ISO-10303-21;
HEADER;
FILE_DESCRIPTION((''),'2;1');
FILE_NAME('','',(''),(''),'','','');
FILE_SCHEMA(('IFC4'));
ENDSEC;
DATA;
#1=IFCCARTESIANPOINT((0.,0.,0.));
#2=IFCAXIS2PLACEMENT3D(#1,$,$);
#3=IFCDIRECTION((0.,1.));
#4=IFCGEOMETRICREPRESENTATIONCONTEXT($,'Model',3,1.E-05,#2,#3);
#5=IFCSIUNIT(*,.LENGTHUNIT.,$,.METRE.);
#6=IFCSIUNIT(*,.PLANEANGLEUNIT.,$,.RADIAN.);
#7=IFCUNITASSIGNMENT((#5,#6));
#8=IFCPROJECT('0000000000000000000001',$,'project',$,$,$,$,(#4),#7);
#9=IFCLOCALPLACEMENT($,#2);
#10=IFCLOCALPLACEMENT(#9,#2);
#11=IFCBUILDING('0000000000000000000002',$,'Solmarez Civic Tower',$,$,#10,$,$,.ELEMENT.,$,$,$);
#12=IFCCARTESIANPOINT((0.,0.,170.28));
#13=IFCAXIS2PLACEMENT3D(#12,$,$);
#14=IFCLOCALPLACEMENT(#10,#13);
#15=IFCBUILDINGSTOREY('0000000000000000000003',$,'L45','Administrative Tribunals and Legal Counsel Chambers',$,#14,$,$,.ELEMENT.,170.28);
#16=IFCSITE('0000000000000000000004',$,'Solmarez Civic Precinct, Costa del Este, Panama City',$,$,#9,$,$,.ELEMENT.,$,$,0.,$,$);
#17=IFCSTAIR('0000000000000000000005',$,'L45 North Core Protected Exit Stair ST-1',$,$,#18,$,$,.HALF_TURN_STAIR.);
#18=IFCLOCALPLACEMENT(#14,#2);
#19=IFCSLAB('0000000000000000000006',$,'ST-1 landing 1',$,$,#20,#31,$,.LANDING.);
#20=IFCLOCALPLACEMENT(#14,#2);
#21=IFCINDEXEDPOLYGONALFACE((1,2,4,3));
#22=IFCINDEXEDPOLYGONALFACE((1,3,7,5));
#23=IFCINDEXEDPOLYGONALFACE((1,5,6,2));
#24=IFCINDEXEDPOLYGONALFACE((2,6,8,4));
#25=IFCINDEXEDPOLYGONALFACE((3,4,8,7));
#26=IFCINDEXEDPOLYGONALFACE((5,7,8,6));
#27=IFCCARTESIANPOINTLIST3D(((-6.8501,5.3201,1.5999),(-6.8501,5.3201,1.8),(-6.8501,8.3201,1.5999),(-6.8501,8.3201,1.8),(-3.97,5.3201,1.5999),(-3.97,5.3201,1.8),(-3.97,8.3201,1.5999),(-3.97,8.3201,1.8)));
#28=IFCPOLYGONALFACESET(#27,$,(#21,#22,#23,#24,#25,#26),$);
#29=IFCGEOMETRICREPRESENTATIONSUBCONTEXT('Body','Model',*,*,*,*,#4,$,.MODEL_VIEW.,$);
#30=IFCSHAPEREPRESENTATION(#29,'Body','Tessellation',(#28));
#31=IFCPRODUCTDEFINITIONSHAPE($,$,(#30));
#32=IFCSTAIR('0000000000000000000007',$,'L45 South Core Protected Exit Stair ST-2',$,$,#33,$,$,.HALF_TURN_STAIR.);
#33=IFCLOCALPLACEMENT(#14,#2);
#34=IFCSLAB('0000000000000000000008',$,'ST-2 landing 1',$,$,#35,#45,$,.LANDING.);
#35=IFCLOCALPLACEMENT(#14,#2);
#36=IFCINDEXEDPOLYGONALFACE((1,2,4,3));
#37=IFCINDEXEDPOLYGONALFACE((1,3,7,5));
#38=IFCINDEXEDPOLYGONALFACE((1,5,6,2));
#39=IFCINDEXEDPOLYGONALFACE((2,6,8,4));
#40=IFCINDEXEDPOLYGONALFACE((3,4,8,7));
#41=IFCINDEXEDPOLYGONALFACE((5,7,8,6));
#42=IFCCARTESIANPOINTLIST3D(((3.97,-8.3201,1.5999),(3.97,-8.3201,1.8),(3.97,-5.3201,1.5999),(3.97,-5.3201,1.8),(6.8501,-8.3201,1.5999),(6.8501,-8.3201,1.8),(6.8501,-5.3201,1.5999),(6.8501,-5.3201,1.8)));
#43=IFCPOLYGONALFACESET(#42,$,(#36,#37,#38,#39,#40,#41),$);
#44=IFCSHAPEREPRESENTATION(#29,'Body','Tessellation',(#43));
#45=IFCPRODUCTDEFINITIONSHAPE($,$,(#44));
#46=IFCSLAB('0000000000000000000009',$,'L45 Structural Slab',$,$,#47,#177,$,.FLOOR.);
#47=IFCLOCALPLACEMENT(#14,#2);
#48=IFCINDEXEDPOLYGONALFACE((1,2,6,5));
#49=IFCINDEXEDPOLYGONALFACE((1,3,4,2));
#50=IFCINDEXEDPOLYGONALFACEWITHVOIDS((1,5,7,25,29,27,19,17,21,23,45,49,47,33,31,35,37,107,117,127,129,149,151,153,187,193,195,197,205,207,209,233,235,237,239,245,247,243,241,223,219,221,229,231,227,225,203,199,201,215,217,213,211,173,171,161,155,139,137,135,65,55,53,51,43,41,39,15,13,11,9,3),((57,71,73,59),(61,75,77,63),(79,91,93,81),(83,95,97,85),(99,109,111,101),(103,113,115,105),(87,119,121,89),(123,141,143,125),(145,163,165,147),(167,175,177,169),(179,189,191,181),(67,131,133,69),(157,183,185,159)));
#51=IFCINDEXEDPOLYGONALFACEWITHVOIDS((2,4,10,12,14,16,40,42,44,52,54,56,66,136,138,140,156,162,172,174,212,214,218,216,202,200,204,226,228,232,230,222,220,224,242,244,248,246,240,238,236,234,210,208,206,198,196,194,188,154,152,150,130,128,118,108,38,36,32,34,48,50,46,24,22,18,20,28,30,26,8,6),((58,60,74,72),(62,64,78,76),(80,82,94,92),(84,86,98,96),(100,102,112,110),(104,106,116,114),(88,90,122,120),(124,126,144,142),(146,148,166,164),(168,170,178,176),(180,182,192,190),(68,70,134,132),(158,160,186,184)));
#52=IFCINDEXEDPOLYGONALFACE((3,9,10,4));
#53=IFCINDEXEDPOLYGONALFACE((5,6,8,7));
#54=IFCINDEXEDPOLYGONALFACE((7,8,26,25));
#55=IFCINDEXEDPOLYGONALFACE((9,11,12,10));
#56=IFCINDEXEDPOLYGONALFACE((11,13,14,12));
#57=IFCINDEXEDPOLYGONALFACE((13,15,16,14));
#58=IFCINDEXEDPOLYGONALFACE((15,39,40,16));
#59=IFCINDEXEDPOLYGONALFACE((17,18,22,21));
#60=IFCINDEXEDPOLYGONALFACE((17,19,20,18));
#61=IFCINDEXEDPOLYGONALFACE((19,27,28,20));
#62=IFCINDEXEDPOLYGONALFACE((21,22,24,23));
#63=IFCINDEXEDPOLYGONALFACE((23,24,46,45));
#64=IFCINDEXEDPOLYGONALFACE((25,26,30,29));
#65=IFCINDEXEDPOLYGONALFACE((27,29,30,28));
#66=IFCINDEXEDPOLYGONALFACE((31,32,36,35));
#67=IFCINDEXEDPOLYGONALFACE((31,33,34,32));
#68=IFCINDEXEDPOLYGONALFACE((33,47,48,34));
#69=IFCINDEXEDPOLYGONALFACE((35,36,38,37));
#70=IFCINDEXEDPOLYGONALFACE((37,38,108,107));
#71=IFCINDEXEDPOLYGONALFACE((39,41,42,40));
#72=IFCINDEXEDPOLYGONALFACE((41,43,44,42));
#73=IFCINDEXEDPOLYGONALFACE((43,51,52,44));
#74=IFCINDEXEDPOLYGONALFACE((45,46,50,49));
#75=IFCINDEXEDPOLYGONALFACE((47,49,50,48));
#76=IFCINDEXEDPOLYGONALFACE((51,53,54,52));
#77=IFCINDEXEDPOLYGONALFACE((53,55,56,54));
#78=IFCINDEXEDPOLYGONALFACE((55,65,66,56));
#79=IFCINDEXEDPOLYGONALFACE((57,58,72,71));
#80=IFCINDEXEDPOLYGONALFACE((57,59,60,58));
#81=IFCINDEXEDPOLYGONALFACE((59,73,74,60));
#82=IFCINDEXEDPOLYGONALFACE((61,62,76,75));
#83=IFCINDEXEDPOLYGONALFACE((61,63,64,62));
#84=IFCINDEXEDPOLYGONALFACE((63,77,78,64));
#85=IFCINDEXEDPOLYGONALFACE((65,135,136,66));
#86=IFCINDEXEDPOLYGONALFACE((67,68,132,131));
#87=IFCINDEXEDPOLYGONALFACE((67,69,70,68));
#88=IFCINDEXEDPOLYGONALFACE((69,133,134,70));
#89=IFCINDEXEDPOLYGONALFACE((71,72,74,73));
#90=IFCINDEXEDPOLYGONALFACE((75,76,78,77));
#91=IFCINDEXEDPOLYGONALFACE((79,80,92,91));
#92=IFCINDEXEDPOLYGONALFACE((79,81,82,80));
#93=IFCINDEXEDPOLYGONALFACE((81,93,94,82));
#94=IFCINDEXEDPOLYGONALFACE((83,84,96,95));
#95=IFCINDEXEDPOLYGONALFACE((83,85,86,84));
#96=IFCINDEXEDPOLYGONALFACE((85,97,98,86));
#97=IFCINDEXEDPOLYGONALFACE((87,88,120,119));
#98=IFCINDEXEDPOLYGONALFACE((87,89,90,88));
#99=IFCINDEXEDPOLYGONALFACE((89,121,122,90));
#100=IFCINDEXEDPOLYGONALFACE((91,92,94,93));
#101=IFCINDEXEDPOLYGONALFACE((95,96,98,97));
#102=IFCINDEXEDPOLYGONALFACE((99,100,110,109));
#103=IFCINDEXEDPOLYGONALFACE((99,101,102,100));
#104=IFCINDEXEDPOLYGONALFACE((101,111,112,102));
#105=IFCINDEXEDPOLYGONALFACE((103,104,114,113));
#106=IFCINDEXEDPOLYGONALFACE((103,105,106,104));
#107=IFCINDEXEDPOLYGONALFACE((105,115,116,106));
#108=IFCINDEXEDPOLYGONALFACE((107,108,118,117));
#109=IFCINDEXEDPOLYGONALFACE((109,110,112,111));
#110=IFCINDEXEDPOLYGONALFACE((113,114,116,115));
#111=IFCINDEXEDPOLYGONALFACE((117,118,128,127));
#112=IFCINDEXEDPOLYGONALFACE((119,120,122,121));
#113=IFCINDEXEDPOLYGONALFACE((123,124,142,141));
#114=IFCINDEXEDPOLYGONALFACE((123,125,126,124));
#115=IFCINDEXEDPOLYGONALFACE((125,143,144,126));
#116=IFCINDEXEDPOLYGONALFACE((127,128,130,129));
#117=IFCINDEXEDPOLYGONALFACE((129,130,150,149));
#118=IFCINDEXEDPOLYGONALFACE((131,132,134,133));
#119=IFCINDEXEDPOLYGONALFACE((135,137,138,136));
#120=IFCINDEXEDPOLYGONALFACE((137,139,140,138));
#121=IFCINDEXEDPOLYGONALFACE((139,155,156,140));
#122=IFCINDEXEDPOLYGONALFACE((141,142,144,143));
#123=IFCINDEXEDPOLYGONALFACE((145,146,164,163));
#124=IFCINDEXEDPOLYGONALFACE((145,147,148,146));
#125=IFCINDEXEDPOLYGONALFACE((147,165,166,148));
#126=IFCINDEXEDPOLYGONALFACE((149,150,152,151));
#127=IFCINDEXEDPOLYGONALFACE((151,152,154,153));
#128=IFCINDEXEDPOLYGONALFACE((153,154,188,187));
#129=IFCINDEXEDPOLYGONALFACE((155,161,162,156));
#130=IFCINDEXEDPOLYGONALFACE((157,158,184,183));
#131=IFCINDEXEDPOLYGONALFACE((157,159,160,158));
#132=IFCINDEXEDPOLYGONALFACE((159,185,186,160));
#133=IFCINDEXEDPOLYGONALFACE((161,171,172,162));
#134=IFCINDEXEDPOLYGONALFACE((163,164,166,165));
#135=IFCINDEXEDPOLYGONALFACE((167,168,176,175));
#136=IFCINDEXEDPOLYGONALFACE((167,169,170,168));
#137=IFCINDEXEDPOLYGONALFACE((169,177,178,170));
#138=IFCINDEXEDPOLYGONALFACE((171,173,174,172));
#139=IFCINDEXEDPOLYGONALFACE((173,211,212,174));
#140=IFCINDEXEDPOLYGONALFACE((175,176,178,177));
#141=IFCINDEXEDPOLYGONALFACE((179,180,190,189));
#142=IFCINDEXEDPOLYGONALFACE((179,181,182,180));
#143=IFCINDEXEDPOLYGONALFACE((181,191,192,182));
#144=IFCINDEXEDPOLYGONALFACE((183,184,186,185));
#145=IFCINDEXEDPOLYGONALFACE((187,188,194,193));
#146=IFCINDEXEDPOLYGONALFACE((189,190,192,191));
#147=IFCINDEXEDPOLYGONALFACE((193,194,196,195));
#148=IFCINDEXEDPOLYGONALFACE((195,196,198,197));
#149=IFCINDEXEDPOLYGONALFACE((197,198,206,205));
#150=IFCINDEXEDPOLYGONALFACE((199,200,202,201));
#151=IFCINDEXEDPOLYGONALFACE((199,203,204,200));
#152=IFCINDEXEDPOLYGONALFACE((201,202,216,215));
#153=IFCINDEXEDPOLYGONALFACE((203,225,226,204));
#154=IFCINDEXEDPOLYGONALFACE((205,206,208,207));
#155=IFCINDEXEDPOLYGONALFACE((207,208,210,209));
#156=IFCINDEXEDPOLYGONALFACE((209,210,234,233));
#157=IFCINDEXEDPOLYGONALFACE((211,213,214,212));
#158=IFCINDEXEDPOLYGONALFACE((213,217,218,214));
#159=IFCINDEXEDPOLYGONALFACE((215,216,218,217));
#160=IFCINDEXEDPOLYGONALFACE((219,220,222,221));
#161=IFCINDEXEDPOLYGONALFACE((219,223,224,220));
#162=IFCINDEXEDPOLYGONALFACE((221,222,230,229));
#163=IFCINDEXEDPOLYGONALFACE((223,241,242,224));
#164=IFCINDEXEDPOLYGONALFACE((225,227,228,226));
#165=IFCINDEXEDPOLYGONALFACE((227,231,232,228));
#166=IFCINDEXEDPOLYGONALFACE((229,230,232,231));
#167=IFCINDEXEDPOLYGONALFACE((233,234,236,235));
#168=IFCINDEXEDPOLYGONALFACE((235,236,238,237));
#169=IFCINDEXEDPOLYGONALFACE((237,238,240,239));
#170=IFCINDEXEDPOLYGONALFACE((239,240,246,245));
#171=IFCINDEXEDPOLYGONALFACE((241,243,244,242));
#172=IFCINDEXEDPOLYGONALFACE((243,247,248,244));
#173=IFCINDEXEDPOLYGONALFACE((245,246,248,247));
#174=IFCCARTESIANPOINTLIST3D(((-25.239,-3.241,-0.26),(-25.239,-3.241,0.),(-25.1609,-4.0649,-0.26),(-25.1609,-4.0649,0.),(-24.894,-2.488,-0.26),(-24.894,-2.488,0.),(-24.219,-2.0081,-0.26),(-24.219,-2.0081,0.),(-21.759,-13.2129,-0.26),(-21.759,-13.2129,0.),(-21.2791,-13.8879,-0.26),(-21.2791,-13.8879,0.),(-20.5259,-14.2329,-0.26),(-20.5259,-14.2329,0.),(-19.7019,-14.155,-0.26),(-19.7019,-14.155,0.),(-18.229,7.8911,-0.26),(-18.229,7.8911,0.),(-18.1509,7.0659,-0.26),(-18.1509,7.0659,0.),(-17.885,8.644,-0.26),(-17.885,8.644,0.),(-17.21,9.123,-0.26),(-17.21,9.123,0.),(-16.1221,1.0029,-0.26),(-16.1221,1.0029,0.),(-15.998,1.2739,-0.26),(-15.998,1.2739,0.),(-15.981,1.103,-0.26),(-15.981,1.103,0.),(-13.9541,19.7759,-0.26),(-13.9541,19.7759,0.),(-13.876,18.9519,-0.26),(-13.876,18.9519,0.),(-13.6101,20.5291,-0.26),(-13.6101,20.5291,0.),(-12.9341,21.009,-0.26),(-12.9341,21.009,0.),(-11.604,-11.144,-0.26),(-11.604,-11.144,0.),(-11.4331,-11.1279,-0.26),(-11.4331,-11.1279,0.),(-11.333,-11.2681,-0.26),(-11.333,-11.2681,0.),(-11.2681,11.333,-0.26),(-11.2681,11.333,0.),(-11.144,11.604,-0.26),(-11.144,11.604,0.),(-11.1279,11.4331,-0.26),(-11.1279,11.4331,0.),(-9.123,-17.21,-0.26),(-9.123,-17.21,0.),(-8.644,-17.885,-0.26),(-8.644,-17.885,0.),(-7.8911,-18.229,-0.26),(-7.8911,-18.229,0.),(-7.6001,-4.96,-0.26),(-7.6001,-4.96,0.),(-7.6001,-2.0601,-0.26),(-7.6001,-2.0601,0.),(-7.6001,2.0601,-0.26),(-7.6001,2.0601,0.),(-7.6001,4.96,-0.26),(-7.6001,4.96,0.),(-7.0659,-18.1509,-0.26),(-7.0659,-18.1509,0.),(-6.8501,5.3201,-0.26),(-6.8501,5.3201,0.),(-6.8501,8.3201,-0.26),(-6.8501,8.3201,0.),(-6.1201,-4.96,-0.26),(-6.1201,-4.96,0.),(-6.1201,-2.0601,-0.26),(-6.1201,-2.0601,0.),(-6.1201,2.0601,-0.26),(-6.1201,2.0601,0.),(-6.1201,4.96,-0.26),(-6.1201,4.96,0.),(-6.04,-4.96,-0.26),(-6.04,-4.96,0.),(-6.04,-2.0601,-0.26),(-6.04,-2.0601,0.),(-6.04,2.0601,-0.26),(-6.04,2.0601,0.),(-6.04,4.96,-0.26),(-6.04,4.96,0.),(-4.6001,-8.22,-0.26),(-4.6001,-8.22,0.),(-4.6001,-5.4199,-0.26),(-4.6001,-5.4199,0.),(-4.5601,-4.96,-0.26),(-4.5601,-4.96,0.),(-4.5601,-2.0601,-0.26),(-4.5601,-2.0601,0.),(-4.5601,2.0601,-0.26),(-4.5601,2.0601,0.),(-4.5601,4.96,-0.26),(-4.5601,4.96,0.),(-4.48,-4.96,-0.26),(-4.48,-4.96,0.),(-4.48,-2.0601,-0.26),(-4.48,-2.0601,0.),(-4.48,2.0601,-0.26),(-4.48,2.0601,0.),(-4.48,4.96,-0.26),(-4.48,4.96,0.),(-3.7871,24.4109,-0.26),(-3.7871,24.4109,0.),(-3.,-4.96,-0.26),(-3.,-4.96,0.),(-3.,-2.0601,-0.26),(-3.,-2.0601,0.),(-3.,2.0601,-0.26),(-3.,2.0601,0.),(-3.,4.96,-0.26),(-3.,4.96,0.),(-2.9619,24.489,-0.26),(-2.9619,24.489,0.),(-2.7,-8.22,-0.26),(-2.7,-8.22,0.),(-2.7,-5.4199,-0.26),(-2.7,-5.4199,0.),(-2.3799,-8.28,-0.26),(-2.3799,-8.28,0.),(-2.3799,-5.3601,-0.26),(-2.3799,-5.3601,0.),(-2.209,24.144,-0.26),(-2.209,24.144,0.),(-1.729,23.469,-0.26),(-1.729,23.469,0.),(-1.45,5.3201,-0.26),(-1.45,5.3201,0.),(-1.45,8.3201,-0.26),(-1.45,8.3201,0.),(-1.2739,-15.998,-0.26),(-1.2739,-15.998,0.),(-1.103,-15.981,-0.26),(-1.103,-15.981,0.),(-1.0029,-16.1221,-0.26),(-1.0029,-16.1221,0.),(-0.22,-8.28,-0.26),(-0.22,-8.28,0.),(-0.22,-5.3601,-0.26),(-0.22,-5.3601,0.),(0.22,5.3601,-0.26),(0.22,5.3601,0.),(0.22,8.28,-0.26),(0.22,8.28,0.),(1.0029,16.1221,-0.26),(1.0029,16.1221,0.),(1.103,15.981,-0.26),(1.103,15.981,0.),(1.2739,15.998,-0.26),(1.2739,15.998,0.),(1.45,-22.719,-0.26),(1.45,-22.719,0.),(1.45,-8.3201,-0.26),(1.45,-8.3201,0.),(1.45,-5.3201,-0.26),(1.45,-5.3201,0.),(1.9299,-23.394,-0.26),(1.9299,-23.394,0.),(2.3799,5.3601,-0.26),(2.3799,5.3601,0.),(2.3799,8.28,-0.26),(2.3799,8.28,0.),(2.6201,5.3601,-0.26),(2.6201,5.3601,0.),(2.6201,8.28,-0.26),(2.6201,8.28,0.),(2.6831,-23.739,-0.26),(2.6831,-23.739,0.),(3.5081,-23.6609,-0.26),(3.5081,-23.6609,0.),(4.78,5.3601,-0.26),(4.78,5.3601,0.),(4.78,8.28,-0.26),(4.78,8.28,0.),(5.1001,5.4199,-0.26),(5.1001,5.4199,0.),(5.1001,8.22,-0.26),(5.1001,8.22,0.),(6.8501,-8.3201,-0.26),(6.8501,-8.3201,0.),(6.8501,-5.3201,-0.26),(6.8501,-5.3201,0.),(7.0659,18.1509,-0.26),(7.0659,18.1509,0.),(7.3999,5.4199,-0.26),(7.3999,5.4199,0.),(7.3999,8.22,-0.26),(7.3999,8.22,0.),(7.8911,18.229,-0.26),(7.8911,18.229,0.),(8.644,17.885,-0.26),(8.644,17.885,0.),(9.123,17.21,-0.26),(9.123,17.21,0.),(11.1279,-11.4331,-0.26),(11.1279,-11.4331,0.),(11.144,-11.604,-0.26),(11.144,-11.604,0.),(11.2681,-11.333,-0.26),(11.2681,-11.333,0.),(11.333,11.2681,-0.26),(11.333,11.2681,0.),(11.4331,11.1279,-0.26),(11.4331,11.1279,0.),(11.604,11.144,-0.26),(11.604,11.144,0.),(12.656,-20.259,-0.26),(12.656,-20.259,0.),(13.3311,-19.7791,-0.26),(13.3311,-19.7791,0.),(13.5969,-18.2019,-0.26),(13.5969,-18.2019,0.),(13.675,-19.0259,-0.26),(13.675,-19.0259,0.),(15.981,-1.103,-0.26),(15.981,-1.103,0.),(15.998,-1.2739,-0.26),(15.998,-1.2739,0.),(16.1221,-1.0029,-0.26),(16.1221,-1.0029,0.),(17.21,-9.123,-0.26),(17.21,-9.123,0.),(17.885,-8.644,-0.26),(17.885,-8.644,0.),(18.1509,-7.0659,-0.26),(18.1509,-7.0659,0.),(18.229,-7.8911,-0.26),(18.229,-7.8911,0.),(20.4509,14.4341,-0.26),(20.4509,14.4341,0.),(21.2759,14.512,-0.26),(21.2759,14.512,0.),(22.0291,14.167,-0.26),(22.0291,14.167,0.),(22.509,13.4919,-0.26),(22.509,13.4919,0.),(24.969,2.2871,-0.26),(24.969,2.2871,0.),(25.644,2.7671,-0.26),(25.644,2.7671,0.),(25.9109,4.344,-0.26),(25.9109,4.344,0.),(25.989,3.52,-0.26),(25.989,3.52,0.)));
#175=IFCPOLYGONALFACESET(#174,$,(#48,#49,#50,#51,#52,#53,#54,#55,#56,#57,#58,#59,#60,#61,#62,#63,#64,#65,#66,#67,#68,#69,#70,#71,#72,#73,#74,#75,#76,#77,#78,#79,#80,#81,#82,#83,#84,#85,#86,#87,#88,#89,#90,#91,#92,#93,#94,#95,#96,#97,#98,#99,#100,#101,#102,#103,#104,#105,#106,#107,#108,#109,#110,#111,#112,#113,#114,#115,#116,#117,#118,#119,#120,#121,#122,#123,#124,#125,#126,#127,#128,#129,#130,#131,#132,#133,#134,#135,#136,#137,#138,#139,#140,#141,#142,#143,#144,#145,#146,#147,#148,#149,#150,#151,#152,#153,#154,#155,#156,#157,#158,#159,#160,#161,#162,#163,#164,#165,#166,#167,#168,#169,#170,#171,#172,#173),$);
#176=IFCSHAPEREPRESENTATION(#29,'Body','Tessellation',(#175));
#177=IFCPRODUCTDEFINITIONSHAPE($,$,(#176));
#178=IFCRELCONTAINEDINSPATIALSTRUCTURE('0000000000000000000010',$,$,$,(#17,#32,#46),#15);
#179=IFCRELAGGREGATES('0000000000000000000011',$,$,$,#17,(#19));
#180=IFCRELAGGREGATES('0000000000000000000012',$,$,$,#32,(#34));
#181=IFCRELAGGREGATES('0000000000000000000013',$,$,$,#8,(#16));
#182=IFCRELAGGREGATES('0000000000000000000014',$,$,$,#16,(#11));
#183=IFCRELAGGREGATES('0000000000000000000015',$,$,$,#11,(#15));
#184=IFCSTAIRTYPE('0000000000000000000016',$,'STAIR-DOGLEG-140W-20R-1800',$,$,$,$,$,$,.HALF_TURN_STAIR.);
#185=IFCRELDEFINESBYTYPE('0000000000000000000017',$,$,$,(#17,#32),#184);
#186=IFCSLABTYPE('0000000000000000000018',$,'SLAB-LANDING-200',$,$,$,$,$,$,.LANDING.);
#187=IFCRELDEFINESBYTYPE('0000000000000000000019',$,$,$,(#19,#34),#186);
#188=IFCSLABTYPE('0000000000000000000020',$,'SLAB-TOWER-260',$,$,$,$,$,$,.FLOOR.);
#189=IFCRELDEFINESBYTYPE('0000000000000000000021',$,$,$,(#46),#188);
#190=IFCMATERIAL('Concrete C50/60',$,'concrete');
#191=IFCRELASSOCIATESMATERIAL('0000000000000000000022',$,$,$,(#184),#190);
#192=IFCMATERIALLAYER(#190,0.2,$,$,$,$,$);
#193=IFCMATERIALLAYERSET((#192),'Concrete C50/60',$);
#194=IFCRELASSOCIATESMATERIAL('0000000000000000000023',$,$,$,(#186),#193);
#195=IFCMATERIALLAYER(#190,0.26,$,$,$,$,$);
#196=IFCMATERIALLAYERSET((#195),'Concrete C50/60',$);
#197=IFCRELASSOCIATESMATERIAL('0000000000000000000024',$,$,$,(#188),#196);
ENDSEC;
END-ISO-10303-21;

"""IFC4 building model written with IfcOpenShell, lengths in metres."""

from ifc_helpers import new_model, si_unit, direction, frame, origin, place, context, subcontext, project, spatial, polyline, outline, extrude, material, layer, layer_set, type_object, element, aggregate, save


model = new_model("IFC4")

# Units and contexts
model_context = context("Model", 3, precision=1e-05, world=origin(), true_north=direction((0.0, 1.0)))
body_context = subcontext(model_context, "Body", "Model", "MODEL_VIEW")
ifc_project = project(units=[si_unit("LENGTHUNIT", "METRE"), si_unit("PLANEANGLEUNIT", "RADIAN")], contexts=[model_context])

# Site, building, storey
site_placement = place(None, origin())
site = spatial("IfcSite", under=ifc_project, at=site_placement, Name="Solmarez Civic Precinct, Costa del Este, Panama City", CompositionType="ELEMENT", RefElevation=0.0)
building_placement = place(site_placement, origin())
building = spatial("IfcBuilding", under=site, at=building_placement, Name="Solmarez Civic Tower", CompositionType="ELEMENT")
storey_placement = place(building_placement, frame((0.0, 0.0, 170.28)))
storey = spatial("IfcBuildingStorey", under=building, at=storey_placement, Name="L45", Description="Administrative Tribunals and Legal Counsel Chambers", CompositionType="ELEMENT", Elevation=170.28)

# Stairs, slabs
ifc_material_1 = material(Name="Concrete C50/60", Category="concrete")
stair_type = type_object("IfcStairType", Name="STAIR-DOGLEG-140W-20R-1800", PredefinedType="HALF_TURN_STAIR", material=ifc_material_1)
stair_1_placement = place(storey_placement, origin())
stair_1 = element("IfcStair", 1, at=stair_1_placement, inside=storey, type_object=stair_type, Name="L45 North Core Protected Exit Stair ST-1", PredefinedType="HALF_TURN_STAIR")
ifc_layer_1 = layer(ifc_material_1, 0.2)
ifc_layer_set_1 = layer_set([ifc_layer_1], Name="Concrete C50/60")
slab_type_1 = type_object("IfcSlabType", Name="SLAB-LANDING-200", PredefinedType="LANDING", material=ifc_layer_set_1)
slab_1_placement = place(storey_placement, frame((0.0, 0.0, 1.5999)))
slab_1 = element("IfcSlab", 2, at=slab_1_placement, type_object=slab_type_1, Name="ST-1 landing 1", PredefinedType="LANDING", context=body_context, shape_type="SweptSolid", body=[
    extrude(outline(polyline([(-3.97, 8.3201), (-6.8501, 8.3201), (-6.8501, 5.3201), (-3.97, 5.3201), (-3.97, 8.3201)])), origin(), (0.0, 0.0, 1.0), 0.2002),
])
aggregate(stair_1, [slab_1])
stair_2_placement = place(storey_placement, origin())
stair_2 = element("IfcStair", 3, at=stair_2_placement, inside=storey, type_object=stair_type, Name="L45 South Core Protected Exit Stair ST-2", PredefinedType="HALF_TURN_STAIR")
slab_2_placement = place(storey_placement, frame((0.0, 0.0, 1.5999)))
slab_2 = element("IfcSlab", 4, at=slab_2_placement, type_object=slab_type_1, Name="ST-2 landing 1", PredefinedType="LANDING", context=body_context, shape_type="SweptSolid", body=[
    extrude(outline(polyline([(3.97, -8.3201), (6.8501, -8.3201), (6.8501, -5.3201), (3.97, -5.3201), (3.97, -8.3201)])), origin(), (0.0, 0.0, 1.0), 0.2002),
])

# Slab
ifc_layer_2 = layer(ifc_material_1, 0.26)
ifc_layer_set_2 = layer_set([ifc_layer_2], Name="Concrete C50/60")
slab_type_2 = type_object("IfcSlabType", Name="SLAB-TOWER-260", PredefinedType="FLOOR", material=ifc_layer_set_2)
slab_3_placement = place(storey_placement, frame((0.0, 0.0, -0.26)))
element("IfcSlab", 5, at=slab_3_placement, inside=storey, type_object=slab_type_2, Name="L45 Structural Slab", PredefinedType="FLOOR", context=body_context, shape_type="SweptSolid", body=[
    extrude(outline(polyline([(-11.333, -11.2681), (-9.123, -17.21), (-8.644, -17.885), (-7.8911, -18.229), (-7.0659, -18.1509), (-1.2739, -15.998), (-1.103, -15.981), (-1.0029, -16.1221), (1.45, -22.719), (1.9299, -23.394), (2.6831, -23.739), (3.5081, -23.6609), (12.656, -20.259), (13.3311, -19.7791), (13.675, -19.0259), (13.5969, -18.2019), (11.144, -11.604), (11.1279, -11.4331), (11.2681, -11.333), (17.21, -9.123), (17.885, -8.644), (18.229, -7.8911), (18.1509, -7.0659), (15.998, -1.2739), (15.981, -1.103), (16.1221, -1.0029), (24.969, 2.2871), (25.644, 2.7671), (25.989, 3.52), (25.9109, 4.344), (22.509, 13.4919), (22.0291, 14.167), (21.2759, 14.512), (20.4509, 14.4341), (11.604, 11.144), (11.4331, 11.1279), (11.333, 11.2681), (9.123, 17.21), (8.644, 17.885), (7.8911, 18.229), (7.0659, 18.1509), (1.2739, 15.998), (1.103, 15.981), (1.0029, 16.1221), (-1.729, 23.469), (-2.209, 24.144), (-2.9619, 24.489), (-3.7871, 24.4109), (-12.9341, 21.009), (-13.6101, 20.5291), (-13.9541, 19.7759), (-13.876, 18.9519), (-11.144, 11.604), (-11.1279, 11.4331), (-11.2681, 11.333), (-17.21, 9.123), (-17.885, 8.644), (-18.229, 7.8911), (-18.1509, 7.0659), (-15.998, 1.2739), (-15.981, 1.103), (-16.1221, 1.0029), (-24.219, -2.0081), (-24.894, -2.488), (-25.239, -3.241), (-25.1609, -4.0649), (-21.759, -13.2129), (-21.2791, -13.8879), (-20.5259, -14.2329), (-19.7019, -14.155), (-11.604, -11.144), (-11.4331, -11.1279), (-11.333, -11.2681)]), holes=[polyline([(-1.45, 8.3201), (-6.8501, 8.3201), (-6.8501, 5.3201), (-1.45, 5.3201), (-1.45, 8.3201)]), polyline([(1.45, -8.3201), (6.8501, -8.3201), (6.8501, -5.3201), (1.45, -5.3201), (1.45, -8.3201)]), polyline([(0.22, 5.3601), (2.3799, 5.3601), (2.3799, 8.28), (0.22, 8.28), (0.22, 5.3601)]), polyline([(2.6201, 5.3601), (4.78, 5.3601), (4.78, 8.28), (2.6201, 8.28), (2.6201, 5.3601)]), polyline([(-2.3799, -8.28), (-0.22, -8.28), (-0.22, -5.3601), (-2.3799, -5.3601), (-2.3799, -8.28)]), polyline([(-7.6001, -4.96), (-6.1201, -4.96), (-6.1201, -2.0601), (-7.6001, -2.0601), (-7.6001, -4.96)]), polyline([(-6.04, -4.96), (-4.5601, -4.96), (-4.5601, -2.0601), (-6.04, -2.0601), (-6.04, -4.96)]), polyline([(-4.48, -4.96), (-3.0, -4.96), (-3.0, -2.0601), (-4.48, -2.0601), (-4.48, -4.96)]), polyline([(-7.6001, 2.0601), (-6.1201, 2.0601), (-6.1201, 4.96), (-7.6001, 4.96), (-7.6001, 2.0601)]), polyline([(-6.04, 2.0601), (-4.5601, 2.0601), (-4.5601, 4.96), (-6.04, 4.96), (-6.04, 2.0601)]), polyline([(-4.48, 2.0601), (-3.0, 2.0601), (-3.0, 4.96), (-4.48, 4.96), (-4.48, 2.0601)]), polyline([(5.1001, 5.4199), (7.3999, 5.4199), (7.3999, 8.22), (5.1001, 8.22), (5.1001, 5.4199)]), polyline([(-4.6001, -8.22), (-2.7, -8.22), (-2.7, -5.4199), (-4.6001, -5.4199), (-4.6001, -8.22)])]), origin(), (0.0, 0.0, 1.0), 0.26),
])

aggregate(stair_2, [slab_2])

save(model, "model.ifc")
